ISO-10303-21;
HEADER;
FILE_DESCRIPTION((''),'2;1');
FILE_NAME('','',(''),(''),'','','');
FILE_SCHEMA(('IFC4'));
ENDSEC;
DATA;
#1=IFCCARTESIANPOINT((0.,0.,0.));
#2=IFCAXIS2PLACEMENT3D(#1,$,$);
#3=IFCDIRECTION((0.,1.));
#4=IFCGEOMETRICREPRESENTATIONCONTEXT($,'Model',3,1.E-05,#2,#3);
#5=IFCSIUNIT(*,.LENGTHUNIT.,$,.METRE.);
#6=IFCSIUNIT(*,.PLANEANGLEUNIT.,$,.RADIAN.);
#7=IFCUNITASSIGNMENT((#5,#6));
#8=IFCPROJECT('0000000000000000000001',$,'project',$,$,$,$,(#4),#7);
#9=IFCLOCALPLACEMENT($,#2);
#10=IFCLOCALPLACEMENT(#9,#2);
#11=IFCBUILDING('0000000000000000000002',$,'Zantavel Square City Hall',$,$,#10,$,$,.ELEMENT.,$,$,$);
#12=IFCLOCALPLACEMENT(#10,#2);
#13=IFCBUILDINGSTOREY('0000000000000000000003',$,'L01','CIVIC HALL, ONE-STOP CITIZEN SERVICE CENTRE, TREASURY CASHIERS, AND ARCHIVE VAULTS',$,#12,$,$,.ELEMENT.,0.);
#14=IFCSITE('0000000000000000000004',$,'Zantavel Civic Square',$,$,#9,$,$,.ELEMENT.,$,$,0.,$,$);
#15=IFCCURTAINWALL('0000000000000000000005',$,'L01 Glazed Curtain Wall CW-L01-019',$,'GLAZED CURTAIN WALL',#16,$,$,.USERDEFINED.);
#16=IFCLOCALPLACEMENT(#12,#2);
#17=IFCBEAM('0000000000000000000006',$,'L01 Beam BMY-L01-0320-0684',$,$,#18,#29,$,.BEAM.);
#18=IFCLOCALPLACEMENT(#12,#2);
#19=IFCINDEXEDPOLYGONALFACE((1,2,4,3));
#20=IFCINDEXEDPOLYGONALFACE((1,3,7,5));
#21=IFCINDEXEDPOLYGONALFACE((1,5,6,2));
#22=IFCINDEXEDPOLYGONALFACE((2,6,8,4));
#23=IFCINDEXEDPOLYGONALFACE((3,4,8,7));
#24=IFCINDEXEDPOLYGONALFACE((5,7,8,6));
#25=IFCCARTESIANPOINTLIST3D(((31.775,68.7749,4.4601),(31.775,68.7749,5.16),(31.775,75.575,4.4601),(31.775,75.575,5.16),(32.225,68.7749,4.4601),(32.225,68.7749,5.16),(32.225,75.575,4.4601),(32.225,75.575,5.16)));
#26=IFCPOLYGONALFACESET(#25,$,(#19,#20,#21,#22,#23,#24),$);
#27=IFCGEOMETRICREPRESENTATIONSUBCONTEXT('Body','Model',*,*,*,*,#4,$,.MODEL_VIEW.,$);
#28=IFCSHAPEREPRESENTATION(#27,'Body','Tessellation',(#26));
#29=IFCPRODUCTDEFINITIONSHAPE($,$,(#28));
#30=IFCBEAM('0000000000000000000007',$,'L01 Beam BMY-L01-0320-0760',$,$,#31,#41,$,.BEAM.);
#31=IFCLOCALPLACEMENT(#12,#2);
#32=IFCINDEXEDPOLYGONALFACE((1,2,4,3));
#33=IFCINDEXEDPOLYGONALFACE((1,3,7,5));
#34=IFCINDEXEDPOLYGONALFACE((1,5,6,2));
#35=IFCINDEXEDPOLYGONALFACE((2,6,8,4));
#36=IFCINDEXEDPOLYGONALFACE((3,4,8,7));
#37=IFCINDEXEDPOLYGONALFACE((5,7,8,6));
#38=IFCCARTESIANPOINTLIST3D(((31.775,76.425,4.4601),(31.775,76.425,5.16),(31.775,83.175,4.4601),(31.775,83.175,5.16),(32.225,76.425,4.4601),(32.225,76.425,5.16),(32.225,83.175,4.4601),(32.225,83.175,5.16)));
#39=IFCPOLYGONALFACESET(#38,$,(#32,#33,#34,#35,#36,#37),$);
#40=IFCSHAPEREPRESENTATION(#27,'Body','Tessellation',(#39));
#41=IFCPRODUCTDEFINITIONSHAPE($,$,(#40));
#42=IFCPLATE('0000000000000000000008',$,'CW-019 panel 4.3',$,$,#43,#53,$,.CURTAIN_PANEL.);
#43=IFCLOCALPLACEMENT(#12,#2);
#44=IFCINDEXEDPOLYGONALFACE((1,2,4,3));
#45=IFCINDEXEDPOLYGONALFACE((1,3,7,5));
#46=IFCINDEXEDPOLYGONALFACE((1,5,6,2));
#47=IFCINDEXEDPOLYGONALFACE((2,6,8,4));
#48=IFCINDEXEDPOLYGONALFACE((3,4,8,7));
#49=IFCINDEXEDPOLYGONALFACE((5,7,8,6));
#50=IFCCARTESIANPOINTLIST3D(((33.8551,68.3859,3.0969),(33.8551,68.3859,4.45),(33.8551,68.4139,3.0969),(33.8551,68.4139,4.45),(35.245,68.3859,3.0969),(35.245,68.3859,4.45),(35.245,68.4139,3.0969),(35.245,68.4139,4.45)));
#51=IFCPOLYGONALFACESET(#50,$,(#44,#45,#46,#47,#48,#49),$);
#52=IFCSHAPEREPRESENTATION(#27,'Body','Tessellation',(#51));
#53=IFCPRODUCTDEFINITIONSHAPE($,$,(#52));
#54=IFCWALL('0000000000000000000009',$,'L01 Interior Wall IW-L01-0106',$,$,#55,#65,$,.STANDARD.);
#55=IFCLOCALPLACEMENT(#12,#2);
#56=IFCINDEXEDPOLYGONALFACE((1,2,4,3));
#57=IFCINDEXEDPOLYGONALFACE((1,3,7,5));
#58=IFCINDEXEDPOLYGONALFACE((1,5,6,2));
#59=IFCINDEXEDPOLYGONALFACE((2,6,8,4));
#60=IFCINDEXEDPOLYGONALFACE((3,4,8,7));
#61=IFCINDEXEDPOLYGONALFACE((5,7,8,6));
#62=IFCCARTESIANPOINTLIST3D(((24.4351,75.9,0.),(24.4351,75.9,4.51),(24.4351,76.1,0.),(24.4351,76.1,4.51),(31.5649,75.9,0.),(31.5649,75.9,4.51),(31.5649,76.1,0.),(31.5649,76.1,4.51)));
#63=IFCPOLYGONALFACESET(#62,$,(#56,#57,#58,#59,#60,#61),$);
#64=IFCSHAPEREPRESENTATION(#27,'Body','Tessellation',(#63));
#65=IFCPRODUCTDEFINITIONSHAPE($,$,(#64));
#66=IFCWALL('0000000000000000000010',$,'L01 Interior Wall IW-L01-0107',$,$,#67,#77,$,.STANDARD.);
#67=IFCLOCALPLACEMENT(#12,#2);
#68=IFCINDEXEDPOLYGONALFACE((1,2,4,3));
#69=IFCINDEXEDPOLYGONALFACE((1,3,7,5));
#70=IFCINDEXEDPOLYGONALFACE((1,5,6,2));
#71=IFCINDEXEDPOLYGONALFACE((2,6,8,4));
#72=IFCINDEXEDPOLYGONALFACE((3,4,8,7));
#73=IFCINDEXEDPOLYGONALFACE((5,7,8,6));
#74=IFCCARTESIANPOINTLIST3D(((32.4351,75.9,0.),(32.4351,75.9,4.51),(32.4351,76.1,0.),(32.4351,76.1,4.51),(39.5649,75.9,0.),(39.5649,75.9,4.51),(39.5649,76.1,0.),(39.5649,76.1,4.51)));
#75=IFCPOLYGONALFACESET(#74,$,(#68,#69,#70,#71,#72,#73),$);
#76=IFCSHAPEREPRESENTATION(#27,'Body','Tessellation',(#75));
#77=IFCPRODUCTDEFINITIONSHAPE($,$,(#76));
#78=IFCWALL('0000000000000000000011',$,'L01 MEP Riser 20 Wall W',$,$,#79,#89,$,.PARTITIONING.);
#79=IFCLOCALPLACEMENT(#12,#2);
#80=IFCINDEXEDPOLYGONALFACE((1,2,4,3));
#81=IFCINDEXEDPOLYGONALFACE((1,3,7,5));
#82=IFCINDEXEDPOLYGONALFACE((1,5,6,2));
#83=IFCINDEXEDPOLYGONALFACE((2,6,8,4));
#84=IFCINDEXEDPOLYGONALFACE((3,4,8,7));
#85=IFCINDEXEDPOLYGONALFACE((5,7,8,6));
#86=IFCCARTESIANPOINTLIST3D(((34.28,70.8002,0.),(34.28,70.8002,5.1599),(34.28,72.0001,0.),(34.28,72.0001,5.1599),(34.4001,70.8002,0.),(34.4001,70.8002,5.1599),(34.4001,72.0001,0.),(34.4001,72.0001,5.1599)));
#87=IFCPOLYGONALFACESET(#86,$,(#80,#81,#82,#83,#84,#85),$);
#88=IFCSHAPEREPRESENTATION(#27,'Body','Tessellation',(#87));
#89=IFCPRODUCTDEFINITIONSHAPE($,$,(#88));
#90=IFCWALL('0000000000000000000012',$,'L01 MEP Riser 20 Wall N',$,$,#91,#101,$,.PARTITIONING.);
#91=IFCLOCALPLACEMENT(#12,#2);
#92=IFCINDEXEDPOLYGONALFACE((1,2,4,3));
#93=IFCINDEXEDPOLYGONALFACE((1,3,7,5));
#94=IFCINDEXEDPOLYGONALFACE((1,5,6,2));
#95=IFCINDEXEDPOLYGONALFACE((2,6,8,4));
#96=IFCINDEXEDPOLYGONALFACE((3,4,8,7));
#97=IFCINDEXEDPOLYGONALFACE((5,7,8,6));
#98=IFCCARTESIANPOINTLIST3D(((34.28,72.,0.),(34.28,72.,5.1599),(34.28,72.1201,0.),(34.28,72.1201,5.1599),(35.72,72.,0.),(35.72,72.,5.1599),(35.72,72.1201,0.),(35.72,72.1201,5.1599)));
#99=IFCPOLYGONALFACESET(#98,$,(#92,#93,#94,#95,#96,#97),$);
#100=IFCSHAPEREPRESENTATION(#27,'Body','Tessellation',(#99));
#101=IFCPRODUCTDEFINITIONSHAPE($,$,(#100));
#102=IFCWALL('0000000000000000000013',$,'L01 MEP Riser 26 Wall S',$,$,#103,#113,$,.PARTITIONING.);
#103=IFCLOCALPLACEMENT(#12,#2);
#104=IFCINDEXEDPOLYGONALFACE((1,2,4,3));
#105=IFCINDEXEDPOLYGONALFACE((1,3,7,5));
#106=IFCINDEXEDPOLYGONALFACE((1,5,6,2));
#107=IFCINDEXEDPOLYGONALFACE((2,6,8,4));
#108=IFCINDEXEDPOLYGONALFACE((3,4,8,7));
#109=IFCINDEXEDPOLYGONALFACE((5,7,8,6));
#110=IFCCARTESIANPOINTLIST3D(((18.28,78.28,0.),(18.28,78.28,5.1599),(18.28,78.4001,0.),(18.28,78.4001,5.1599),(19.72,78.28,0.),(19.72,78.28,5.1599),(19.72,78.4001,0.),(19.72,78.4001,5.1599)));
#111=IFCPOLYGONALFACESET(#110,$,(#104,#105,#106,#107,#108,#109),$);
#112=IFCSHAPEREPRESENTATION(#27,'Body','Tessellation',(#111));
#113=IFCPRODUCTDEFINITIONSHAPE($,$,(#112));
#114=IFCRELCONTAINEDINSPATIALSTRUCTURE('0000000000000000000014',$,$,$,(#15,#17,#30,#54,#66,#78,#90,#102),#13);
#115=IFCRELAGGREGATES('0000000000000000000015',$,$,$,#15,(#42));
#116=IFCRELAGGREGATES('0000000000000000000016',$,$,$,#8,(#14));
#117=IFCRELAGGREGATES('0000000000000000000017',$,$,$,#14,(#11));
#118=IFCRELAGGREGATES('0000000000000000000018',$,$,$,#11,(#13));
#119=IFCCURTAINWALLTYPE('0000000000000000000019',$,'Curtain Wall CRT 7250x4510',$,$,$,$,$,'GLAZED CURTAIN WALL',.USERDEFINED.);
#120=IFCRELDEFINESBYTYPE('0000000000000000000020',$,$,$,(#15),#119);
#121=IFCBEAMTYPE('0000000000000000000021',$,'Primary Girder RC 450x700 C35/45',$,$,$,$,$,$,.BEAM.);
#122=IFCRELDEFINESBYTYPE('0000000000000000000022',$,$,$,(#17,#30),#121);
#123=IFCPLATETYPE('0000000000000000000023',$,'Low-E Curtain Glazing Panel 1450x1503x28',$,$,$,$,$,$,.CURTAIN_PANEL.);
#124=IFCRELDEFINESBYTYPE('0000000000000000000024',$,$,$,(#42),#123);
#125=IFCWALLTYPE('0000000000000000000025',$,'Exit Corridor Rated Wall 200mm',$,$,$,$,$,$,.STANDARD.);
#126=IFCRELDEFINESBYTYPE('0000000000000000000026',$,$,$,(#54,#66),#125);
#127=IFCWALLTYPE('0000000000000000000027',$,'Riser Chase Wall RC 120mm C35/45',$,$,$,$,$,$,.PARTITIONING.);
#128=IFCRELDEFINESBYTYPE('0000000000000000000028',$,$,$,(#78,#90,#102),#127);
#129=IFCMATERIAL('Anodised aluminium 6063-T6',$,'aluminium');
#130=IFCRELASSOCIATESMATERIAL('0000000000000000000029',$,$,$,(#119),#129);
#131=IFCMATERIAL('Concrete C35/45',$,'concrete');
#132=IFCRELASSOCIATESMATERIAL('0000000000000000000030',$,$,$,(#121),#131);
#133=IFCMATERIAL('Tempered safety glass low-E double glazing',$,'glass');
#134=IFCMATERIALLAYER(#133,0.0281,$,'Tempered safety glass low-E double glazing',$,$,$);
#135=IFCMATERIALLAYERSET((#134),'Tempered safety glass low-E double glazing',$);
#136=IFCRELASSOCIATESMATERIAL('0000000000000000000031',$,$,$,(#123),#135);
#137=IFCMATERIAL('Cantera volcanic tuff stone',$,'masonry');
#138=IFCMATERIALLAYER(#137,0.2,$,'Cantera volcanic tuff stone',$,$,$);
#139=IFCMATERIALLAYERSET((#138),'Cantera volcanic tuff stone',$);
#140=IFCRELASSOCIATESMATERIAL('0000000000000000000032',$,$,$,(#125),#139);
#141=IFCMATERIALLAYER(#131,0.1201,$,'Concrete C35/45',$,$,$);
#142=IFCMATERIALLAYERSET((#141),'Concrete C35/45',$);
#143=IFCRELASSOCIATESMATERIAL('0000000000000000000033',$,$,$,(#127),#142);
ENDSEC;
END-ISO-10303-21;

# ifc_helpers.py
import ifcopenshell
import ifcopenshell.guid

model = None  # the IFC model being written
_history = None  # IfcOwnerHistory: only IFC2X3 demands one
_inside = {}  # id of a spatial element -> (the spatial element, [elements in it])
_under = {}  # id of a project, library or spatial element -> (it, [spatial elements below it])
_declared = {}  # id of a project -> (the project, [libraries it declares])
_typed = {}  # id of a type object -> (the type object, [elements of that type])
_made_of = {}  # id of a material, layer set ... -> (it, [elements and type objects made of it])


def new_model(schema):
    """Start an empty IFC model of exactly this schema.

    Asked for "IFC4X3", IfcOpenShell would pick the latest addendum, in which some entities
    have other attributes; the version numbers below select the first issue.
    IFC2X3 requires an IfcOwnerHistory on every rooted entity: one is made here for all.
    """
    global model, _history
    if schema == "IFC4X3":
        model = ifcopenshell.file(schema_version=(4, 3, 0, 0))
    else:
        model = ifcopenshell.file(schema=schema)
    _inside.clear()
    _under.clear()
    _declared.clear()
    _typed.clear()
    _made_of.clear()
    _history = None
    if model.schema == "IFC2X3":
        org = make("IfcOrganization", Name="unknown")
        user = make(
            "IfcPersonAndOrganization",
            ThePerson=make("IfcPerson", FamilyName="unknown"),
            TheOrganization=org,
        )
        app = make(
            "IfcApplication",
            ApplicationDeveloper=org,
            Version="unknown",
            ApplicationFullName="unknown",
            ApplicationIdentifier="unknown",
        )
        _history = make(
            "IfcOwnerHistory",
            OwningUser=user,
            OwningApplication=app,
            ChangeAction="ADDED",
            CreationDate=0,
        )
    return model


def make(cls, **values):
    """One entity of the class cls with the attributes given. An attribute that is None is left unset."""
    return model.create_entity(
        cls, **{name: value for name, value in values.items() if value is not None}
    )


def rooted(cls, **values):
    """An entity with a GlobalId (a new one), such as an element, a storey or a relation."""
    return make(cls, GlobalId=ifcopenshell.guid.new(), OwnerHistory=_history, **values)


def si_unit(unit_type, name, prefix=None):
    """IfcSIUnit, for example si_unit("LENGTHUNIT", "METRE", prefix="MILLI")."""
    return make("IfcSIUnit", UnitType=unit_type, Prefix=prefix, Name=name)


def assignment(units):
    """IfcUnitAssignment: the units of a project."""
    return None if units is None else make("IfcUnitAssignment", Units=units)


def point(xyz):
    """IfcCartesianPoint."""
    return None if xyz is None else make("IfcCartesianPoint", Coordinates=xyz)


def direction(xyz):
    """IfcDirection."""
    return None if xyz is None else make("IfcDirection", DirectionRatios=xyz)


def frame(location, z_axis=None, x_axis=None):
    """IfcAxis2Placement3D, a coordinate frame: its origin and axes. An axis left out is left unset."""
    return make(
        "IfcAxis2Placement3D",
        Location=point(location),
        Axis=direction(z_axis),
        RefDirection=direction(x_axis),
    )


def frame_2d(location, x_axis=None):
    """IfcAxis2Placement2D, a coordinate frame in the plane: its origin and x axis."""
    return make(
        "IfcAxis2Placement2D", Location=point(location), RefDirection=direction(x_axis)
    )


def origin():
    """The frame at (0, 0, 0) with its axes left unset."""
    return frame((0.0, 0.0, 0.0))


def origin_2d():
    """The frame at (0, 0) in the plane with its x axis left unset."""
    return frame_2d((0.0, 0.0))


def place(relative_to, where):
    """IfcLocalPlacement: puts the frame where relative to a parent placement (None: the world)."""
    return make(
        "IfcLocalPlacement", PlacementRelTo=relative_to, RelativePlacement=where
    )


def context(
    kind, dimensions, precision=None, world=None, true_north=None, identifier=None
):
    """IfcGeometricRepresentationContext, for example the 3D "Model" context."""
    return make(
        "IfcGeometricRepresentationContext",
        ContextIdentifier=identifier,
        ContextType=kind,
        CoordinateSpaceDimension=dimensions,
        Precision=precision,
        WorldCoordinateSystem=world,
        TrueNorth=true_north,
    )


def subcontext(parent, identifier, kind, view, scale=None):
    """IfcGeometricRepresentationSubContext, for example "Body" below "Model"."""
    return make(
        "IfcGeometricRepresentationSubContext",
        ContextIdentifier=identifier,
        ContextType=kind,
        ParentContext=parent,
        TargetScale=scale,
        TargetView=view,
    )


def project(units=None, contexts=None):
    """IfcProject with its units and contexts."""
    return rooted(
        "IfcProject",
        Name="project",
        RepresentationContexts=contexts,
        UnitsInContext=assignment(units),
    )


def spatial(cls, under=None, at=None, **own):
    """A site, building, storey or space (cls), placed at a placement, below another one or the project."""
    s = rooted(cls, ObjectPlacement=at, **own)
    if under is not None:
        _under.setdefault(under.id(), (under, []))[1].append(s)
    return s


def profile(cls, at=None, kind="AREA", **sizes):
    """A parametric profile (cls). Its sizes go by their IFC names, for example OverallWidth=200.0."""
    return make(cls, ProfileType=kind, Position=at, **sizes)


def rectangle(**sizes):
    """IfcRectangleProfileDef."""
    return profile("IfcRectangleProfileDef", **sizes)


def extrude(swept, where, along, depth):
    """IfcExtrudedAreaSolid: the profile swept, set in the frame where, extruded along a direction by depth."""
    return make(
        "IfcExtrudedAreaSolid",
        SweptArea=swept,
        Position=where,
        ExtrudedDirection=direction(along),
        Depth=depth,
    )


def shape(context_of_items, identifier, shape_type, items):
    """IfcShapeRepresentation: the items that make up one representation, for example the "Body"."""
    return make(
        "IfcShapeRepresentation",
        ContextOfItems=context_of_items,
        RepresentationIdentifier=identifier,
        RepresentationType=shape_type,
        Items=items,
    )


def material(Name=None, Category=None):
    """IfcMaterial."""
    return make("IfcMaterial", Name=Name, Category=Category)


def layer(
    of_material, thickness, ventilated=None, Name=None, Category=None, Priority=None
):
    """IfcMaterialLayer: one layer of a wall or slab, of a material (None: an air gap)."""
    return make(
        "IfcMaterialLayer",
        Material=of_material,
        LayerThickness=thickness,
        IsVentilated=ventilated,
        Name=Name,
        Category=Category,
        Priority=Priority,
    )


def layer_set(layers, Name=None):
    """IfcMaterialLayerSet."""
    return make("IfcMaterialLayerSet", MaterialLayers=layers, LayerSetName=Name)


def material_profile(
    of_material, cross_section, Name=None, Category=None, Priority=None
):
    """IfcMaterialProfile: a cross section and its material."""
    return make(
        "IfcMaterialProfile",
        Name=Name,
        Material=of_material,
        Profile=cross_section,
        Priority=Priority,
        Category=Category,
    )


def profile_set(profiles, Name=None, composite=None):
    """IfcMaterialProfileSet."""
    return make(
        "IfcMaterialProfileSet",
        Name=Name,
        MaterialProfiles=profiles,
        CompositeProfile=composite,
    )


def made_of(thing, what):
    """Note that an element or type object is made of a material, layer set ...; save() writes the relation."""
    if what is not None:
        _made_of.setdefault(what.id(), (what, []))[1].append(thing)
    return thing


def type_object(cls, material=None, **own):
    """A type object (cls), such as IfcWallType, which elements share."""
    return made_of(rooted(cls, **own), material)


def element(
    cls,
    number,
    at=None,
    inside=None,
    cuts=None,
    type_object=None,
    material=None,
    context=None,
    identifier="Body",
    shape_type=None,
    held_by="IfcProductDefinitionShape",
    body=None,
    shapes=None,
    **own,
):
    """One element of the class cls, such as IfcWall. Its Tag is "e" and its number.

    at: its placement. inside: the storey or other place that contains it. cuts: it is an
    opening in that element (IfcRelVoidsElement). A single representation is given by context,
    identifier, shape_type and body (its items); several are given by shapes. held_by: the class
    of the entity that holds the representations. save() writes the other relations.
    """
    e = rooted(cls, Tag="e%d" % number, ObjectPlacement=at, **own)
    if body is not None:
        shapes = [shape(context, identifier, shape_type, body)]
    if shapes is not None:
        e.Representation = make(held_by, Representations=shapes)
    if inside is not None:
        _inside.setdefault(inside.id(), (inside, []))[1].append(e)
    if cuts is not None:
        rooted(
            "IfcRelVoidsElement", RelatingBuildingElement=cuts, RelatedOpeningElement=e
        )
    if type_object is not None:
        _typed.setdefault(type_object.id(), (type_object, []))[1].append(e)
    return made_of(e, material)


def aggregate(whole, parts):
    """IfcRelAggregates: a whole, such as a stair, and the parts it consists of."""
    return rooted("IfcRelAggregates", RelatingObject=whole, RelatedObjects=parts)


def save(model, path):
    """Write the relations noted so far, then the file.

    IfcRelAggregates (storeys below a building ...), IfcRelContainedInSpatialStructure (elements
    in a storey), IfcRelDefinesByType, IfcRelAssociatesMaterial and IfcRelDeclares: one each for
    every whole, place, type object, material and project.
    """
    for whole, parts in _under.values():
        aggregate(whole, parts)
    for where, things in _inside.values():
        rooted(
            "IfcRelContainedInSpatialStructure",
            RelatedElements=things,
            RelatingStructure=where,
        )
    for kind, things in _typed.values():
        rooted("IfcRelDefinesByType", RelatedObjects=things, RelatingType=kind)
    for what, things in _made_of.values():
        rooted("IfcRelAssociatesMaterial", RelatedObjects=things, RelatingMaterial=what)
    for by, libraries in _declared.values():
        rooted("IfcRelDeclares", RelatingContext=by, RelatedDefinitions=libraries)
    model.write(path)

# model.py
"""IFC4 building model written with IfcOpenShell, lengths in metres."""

from ifc_helpers import new_model, si_unit, direction, frame, frame_2d, origin, origin_2d, place, context, subcontext, project, spatial, rectangle, extrude, material, layer, layer_set, material_profile, profile_set, type_object, element, aggregate, save


model = new_model("IFC4")

# Units and contexts
model_context = context("Model", 3, precision=1e-05, world=origin(), true_north=direction((0.0, 1.0)))
body_context = subcontext(model_context, "Body", "Model", "MODEL_VIEW")
ifc_project = project(units=[si_unit("LENGTHUNIT", "METRE"), si_unit("PLANEANGLEUNIT", "RADIAN")], contexts=[model_context])

# Site, building, storey
site_placement = place(None, origin())
site = spatial("IfcSite", under=ifc_project, at=site_placement, Name="Zantavel Civic Square", CompositionType="ELEMENT", RefElevation=0.0)
building_placement = place(site_placement, origin())
building = spatial("IfcBuilding", under=site, at=building_placement, Name="Zantavel Square City Hall", CompositionType="ELEMENT")
storey_placement = place(building_placement, origin())
storey = spatial("IfcBuildingStorey", under=building, at=storey_placement, Name="L01", Description="CIVIC HALL, ONE-STOP CITIZEN SERVICE CENTRE, TREASURY CASHIERS, AND ARCHIVE VAULTS", CompositionType="ELEMENT", Elevation=0.0)

# Curtain wall
ifc_material_1 = material(Name="Anodised aluminium 6063-T6", Category="aluminium")
curtain_wall_type = type_object("IfcCurtainWallType", Name="Curtain Wall CRT 7250x4510", ElementType="GLAZED CURTAIN WALL", PredefinedType="USERDEFINED", material=ifc_material_1)
curtain_wall_placement = place(storey_placement, origin())
curtain_wall = element("IfcCurtainWall", 1, at=curtain_wall_placement, inside=storey, type_object=curtain_wall_type, Name="L01 Glazed Curtain Wall CW-L01-019", ObjectType="GLAZED CURTAIN WALL", PredefinedType="USERDEFINED")

# Beams
ifc_material_2 = material(Name="Concrete C35/45", Category="concrete")
ifc_material_profile_1 = material_profile(ifc_material_2, rectangle(XDim=0.45, YDim=0.7, at=origin_2d()), Name="RC 450x700")
ifc_profile_set_1 = profile_set([ifc_material_profile_1], Name="Concrete C35/45")
beam_type_1 = type_object("IfcBeamType", Name="Primary Girder RC 450x700 C35/45", PredefinedType="BEAM", material=ifc_profile_set_1)
beam_1_placement = place(storey_placement, frame((32.0, 68.7749, 4.8101), z_axis=(0.0, 1.0, 0.0), x_axis=(-1.0, 0.0, 0.0)))
element("IfcBeam", 2, at=beam_1_placement, inside=storey, type_object=beam_type_1, Name="L01 Beam BMY-L01-0320-0684", PredefinedType="BEAM", context=body_context, shape_type="SweptSolid", body=[
    extrude(rectangle(XDim=0.45, YDim=0.7, at=origin_2d()), origin(), (0.0, 0.0, 1.0), 6.8),
])
beam_2_placement = place(storey_placement, frame((32.0, 76.425, 4.8101), z_axis=(0.0, 1.0, 0.0), x_axis=(-1.0, 0.0, 0.0)))
element("IfcBeam", 3, at=beam_2_placement, inside=storey, type_object=beam_type_1, Name="L01 Beam BMY-L01-0320-0760", PredefinedType="BEAM", context=body_context, shape_type="SweptSolid", body=[
    extrude(rectangle(XDim=0.45, YDim=0.7, at=origin_2d()), origin(), (0.0, 0.0, 1.0), 6.75),
])

# Plate
ifc_material_3 = material(Name="Tempered safety glass low-E double glazing", Category="glass")
ifc_layer_1 = layer(ifc_material_3, 0.0281, Name="Tempered safety glass low-E double glazing")
ifc_layer_set_1 = layer_set([ifc_layer_1], Name="Tempered safety glass low-E double glazing")
plate_type = type_object("IfcPlateType", Name="Low-E Curtain Glazing Panel 1450x1503x28", PredefinedType="CURTAIN_PANEL", material=ifc_layer_set_1)
plate_placement = place(storey_placement, frame((34.55, 68.3999, 3.0969), z_axis=(0.0, 0.0, 1.0), x_axis=(-1.0, 0.0, 0.0)))
plate = element("IfcPlate", 4, at=plate_placement, type_object=plate_type, Name="CW-019 panel 4.3", PredefinedType="CURTAIN_PANEL", context=body_context, shape_type="SweptSolid", body=[
    extrude(rectangle(XDim=1.3899, YDim=0.0281, at=origin_2d()), origin(), (0.0, 0.0, 1.0), 1.353),
])
aggregate(curtain_wall, [plate])

# Walls
ifc_material_4 = material(Name="Cantera volcanic tuff stone", Category="masonry")
ifc_layer_2 = layer(ifc_material_4, 0.2, Name="Cantera volcanic tuff stone")
ifc_layer_set_2 = layer_set([ifc_layer_2], Name="Cantera volcanic tuff stone")
wall_type_1 = type_object("IfcWallType", Name="Exit Corridor Rated Wall 200mm", PredefinedType="STANDARD", material=ifc_layer_set_2)
for number, where, z_axis, x_axis, name in (
    (5, (24.4351, 76.0, 0.0), (0.0, 0.0, 1.0), (1.0, 0.0, 0.0), "L01 Interior Wall IW-L01-0106"),
    (6, (32.4351, 76.0, 0.0), (0.0, 0.0, 1.0), (1.0, 0.0, 0.0), "L01 Interior Wall IW-L01-0107"),
):
    element("IfcWall", number, at=place(storey_placement, frame(where, z_axis=z_axis, x_axis=x_axis)), inside=storey, type_object=wall_type_1, Name=name, PredefinedType="STANDARD", context=body_context, shape_type="SweptSolid", body=[
        extrude(rectangle(XDim=7.1299, YDim=0.2, at=frame_2d((3.5649, 0.0))), origin(), (0.0, 0.0, 1.0), 4.51),
    ])
ifc_layer_3 = layer(ifc_material_2, 0.1201, Name="Concrete C35/45")
ifc_layer_set_3 = layer_set([ifc_layer_3], Name="Concrete C35/45")
wall_type_2 = type_object("IfcWallType", Name="Riser Chase Wall RC 120mm C35/45", PredefinedType="PARTITIONING", material=ifc_layer_set_3)
wall_placement = place(storey_placement, frame((34.3401, 70.8, 0.0), z_axis=(0.0, 0.0, 1.0), x_axis=(0.0, 1.0, 0.0)))
element("IfcWall", 7, at=wall_placement, inside=storey, type_object=wall_type_2, Name="L01 MEP Riser 20 Wall W", PredefinedType="PARTITIONING", context=body_context, shape_type="SweptSolid", body=[
    extrude(rectangle(XDim=1.2, YDim=0.1201, at=frame_2d((0.6001, 0.0))), origin(), (0.0, 0.0, 1.0), 5.1599),
])
for number, where, z_axis, x_axis, name in (
    (8, (34.28, 72.0601, 0.0), (0.0, 0.0, 1.0), (1.0, 0.0, 0.0), "L01 MEP Riser 20 Wall N"),
    (9, (19.72, 78.3401, 0.0), (0.0, 0.0, 1.0), (-1.0, 0.0, 0.0), "L01 MEP Riser 26 Wall S"),
):
    element("IfcWall", number, at=place(storey_placement, frame(where, z_axis=z_axis, x_axis=x_axis)), inside=storey, type_object=wall_type_2, Name=name, PredefinedType="PARTITIONING", context=body_context, shape_type="SweptSolid", body=[
        extrude(rectangle(XDim=1.4399, YDim=0.1201, at=frame_2d((0.72, 0.0))), origin(), (0.0, 0.0, 1.0), 5.1599),
    ])

save(model, "model.ifc")
